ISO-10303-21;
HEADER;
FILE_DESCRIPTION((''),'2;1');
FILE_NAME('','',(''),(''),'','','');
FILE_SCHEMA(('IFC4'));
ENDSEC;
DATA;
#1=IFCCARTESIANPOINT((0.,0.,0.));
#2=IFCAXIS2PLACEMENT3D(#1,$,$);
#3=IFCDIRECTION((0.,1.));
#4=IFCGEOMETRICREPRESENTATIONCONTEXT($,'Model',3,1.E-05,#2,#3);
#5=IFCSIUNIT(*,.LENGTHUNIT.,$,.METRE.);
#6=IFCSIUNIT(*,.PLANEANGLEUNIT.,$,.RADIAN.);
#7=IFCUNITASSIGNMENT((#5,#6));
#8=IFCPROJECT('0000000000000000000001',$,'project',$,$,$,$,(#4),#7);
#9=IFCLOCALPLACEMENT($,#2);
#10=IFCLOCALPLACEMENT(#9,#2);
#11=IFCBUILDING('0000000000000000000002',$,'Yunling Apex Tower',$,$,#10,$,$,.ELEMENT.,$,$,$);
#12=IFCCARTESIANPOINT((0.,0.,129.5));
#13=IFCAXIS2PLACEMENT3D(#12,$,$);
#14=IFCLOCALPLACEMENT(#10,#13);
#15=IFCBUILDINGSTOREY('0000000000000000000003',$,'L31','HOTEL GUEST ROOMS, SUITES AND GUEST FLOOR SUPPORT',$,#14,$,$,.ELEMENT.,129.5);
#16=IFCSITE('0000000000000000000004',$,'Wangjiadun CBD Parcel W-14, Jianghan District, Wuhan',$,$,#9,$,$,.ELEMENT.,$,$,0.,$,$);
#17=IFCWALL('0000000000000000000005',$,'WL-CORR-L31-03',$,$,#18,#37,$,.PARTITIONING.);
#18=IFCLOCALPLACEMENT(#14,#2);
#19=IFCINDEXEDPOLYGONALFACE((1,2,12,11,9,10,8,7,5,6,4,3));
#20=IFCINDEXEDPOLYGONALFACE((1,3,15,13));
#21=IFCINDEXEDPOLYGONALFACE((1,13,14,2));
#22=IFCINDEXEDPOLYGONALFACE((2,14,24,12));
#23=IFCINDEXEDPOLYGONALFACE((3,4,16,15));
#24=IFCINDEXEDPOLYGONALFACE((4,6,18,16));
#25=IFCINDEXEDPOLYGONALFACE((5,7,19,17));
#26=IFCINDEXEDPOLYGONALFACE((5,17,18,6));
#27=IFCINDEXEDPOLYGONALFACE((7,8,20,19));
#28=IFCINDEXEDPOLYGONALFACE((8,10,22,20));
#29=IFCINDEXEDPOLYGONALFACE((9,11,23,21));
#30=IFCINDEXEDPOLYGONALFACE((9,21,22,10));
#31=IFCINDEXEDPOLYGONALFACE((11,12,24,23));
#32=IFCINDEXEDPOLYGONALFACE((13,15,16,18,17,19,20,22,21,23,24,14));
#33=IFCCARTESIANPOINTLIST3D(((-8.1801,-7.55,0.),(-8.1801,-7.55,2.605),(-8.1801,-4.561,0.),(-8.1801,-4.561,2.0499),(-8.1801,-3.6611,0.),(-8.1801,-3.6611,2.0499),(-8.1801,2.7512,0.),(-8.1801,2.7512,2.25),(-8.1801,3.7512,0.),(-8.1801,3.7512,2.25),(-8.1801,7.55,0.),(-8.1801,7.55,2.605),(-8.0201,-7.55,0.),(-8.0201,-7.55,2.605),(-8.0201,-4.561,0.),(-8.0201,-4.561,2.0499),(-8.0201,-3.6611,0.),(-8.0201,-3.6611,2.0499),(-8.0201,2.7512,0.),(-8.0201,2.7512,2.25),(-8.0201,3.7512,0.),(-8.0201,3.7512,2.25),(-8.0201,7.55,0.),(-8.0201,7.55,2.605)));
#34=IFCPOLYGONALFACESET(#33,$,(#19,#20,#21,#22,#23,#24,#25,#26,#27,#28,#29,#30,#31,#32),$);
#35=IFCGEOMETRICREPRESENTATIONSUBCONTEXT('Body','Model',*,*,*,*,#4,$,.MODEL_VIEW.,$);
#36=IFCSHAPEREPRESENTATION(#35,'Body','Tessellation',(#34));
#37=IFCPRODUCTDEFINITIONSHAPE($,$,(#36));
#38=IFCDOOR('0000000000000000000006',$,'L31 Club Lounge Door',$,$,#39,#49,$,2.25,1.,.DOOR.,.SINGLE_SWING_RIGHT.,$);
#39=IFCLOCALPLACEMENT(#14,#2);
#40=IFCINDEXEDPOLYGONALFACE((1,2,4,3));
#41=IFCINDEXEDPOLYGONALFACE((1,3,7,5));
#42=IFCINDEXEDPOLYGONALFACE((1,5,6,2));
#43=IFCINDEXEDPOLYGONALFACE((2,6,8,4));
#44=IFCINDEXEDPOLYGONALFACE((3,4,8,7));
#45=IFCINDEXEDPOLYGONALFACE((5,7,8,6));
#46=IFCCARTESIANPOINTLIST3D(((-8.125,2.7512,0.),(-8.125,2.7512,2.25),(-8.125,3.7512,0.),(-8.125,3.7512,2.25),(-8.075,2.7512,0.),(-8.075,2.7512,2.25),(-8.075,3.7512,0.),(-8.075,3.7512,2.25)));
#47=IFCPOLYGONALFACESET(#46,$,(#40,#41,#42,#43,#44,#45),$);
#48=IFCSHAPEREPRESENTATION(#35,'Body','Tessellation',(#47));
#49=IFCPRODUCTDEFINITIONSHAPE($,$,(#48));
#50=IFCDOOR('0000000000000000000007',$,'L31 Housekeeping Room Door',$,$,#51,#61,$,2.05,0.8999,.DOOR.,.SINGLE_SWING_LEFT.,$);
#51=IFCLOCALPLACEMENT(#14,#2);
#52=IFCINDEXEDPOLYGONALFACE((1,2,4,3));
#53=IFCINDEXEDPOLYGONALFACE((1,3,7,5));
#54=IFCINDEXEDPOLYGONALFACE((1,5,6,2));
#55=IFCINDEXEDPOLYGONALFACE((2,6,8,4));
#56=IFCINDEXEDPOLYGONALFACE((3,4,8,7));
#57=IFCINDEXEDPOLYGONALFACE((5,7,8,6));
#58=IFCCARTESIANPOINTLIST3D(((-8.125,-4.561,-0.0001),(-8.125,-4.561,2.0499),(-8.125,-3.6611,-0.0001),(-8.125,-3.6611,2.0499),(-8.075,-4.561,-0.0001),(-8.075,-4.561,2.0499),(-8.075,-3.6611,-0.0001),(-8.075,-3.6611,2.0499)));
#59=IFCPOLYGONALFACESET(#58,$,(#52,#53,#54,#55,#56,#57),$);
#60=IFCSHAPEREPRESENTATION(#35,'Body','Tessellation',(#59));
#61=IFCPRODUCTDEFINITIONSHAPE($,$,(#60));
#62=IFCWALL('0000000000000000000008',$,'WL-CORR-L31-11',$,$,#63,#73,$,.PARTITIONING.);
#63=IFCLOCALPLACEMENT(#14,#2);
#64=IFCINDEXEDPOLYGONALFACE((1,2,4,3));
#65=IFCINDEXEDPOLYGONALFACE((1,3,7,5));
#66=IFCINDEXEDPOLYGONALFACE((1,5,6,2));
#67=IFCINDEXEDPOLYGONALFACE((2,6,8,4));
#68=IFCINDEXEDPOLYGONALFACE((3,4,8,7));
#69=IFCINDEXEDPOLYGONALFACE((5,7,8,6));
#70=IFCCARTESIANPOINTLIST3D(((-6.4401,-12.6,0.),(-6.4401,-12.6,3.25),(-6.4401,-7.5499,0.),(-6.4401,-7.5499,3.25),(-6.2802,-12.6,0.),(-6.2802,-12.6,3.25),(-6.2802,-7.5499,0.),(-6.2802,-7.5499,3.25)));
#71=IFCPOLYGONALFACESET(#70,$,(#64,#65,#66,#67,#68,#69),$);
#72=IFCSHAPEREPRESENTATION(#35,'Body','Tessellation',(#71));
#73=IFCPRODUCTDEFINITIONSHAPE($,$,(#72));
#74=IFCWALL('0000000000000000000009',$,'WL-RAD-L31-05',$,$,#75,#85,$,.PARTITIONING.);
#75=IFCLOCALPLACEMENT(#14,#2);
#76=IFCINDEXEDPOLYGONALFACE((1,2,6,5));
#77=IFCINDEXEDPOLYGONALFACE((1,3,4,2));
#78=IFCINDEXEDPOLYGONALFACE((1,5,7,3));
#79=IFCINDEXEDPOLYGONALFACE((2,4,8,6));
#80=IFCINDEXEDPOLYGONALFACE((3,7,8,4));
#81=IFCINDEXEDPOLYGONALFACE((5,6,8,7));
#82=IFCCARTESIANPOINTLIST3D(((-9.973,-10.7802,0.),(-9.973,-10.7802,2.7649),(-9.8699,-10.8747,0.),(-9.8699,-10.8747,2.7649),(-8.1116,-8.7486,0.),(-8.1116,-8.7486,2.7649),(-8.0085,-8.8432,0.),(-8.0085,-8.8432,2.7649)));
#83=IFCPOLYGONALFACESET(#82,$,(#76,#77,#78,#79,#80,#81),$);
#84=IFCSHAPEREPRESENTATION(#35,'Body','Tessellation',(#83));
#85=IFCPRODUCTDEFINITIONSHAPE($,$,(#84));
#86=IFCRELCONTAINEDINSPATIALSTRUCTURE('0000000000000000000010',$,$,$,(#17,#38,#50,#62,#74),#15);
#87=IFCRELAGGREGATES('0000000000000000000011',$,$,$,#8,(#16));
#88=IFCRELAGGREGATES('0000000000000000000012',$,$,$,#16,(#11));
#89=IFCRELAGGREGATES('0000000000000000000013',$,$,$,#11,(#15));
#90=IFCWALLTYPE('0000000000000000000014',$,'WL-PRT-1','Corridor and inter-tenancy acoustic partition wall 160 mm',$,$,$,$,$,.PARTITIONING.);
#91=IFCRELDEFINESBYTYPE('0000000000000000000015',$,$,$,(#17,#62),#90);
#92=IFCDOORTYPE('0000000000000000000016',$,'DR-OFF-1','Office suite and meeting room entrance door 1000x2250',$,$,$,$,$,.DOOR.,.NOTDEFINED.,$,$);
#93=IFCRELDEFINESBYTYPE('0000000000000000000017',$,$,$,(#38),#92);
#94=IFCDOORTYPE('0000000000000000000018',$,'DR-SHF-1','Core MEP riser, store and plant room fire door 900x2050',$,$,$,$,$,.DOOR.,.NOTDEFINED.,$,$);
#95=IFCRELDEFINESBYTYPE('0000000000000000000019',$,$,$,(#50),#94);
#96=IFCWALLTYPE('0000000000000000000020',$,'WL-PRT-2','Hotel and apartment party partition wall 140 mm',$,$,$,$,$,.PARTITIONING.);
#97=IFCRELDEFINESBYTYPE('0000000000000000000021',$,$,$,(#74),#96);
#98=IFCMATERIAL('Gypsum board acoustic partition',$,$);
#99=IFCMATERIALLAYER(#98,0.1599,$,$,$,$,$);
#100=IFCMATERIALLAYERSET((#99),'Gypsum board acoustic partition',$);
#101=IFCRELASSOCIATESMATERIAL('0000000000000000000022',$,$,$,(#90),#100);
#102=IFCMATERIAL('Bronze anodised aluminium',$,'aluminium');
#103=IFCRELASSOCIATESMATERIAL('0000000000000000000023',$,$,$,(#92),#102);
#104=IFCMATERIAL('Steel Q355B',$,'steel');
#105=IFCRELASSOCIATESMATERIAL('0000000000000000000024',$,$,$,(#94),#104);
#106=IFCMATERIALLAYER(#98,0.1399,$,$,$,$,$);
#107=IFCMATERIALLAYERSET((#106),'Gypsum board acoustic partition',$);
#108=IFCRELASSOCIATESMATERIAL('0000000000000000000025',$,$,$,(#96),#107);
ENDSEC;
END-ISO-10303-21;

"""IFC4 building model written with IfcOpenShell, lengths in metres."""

from ifc_helpers import new_model, si_unit, direction, frame, frame_2d, origin, place, context, subcontext, project, spatial, rectangle, extrude, material, layer, layer_set, type_object, element, fill, save


model = new_model("IFC4")

# Units and contexts
model_context = context("Model", 3, precision=1e-05, world=origin(), true_north=direction((0.0, 1.0)))
body_context = subcontext(model_context, "Body", "Model", "MODEL_VIEW")
ifc_project = project(units=[si_unit("LENGTHUNIT", "METRE"), si_unit("PLANEANGLEUNIT", "RADIAN")], contexts=[model_context])

# Site, building, storey
site_placement = place(None, origin())
site = spatial("IfcSite", under=ifc_project, at=site_placement, Name="Wangjiadun CBD Parcel W-14, Jianghan District, Wuhan", CompositionType="ELEMENT", RefElevation=0.0)
building_placement = place(site_placement, origin())
building = spatial("IfcBuilding", under=site, at=building_placement, Name="Yunling Apex Tower", CompositionType="ELEMENT")
storey_placement = place(building_placement, frame((0.0, 0.0, 129.5)))
storey = spatial("IfcBuildingStorey", under=building, at=storey_placement, Name="L31", Description="HOTEL GUEST ROOMS, SUITES AND GUEST FLOOR SUPPORT", CompositionType="ELEMENT", Elevation=129.5)

# Shared definitions
ifc_material_1 = material(Name="Steel Q355B", Category="steel")

# Shared definitions
ifc_material_2 = material(Name="Bronze anodised aluminium", Category="aluminium")

# Shared definitions
ifc_material_3 = material(Name="Gypsum board acoustic partition")
ifc_layer_1 = layer(ifc_material_3, 0.1599)
ifc_layer_set_1 = layer_set([ifc_layer_1], Name="Gypsum board acoustic partition")
wall_type_1 = type_object("IfcWallType", Name="WL-PRT-1", Description="Corridor and inter-tenancy acoustic partition wall 160 mm", PredefinedType="PARTITIONING", material=ifc_layer_set_1)
door_type_1 = type_object("IfcDoorType", Name="DR-OFF-1", Description="Office suite and meeting room entrance door 1000x2250", OperationType="NOTDEFINED", PredefinedType="DOOR", material=ifc_material_2)

# Wall, openings, doors
wall_1_placement = place(storey_placement, frame((-8.1001, -7.55, 0.0), z_axis=(0.0, 0.0, 1.0), x_axis=(0.0, 1.0, 0.0)))
wall_1 = element("IfcWall", 1, at=wall_1_placement, inside=storey, type_object=wall_type_1, Name="WL-CORR-L31-03", PredefinedType="PARTITIONING", context=body_context, shape_type="SweptSolid", body=[
    extrude(rectangle(XDim=15.1001, YDim=0.1599, at=frame_2d((7.55, 0.0))), origin(), (0.0, 0.0, 1.0), 2.605),
])
opening_1_placement = place(wall_1_placement, frame((2.989, 0.0, 0.0)))
opening_1 = element("IfcOpeningElement", 2, at=opening_1_placement, cuts=wall_1, PredefinedType="OPENING", context=body_context, shape_type="SweptSolid", body=[
    extrude(rectangle(XDim=0.8999, YDim=2.05, at=frame_2d((0.45, 1.0249))), frame((0.0, 0.0898, 0.0), z_axis=(0.0, -1.0, 0.0), x_axis=(1.0, 0.0, 0.0)), (0.0, 0.0, 1.0), 0.1799),
])
opening_2_placement = place(wall_1_placement, frame((10.3013, 0.0, 0.0)))
opening_2 = element("IfcOpeningElement", 3, at=opening_2_placement, cuts=wall_1, PredefinedType="OPENING", context=body_context, shape_type="SweptSolid", body=[
    extrude(rectangle(XDim=1.0, YDim=2.25, at=frame_2d((0.5, 1.125))), frame((0.0, 0.0898, 0.0), z_axis=(0.0, -1.0, 0.0), x_axis=(1.0, 0.0, 0.0)), (0.0, 0.0, 1.0), 0.1799),
])
door_1_placement = place(opening_2_placement, origin())
door_1 = element("IfcDoor", 4, at=door_1_placement, inside=storey, type_object=door_type_1, Name="L31 Club Lounge Door", OperationType="SINGLE_SWING_RIGHT", OverallHeight=2.25, OverallWidth=1.0, PredefinedType="DOOR", context=body_context, shape_type="SweptSolid", body=[
    extrude(rectangle(XDim=1.0, YDim=2.25, at=frame_2d((0.5, 1.125))), frame((0.0, 0.0249, 0.0), z_axis=(0.0, -1.0, 0.0), x_axis=(1.0, 0.0, 0.0)), (0.0, 0.0, 1.0), 0.05),
])
fill(opening_2, door_1)
door_type_2 = type_object("IfcDoorType", Name="DR-SHF-1", Description="Core MEP riser, store and plant room fire door 900x2050", OperationType="NOTDEFINED", PredefinedType="DOOR", material=ifc_material_1)
door_2_placement = place(opening_1_placement, origin())
door_2 = element("IfcDoor", 5, at=door_2_placement, inside=storey, type_object=door_type_2, Name="L31 Housekeeping Room Door", OperationType="SINGLE_SWING_LEFT", OverallHeight=2.05, OverallWidth=0.8999, PredefinedType="DOOR", context=body_context, shape_type="SweptSolid", body=[
    extrude(rectangle(XDim=0.8999, YDim=2.05, at=frame_2d((0.45, 1.0249))), frame((0.0, 0.0249, 0.0), z_axis=(0.0, -1.0, 0.0), x_axis=(1.0, 0.0, 0.0)), (0.0, 0.0, 1.0), 0.05),
])
fill(opening_1, door_2)

# Walls
wall_2_placement = place(storey_placement, frame((-6.3601, -7.55, 0.0), z_axis=(0.0, 0.0, 1.0), x_axis=(0.0, -1.0, 0.0)))
element("IfcWall", 6, at=wall_2_placement, inside=storey, type_object=wall_type_1, Name="WL-CORR-L31-11", PredefinedType="PARTITIONING", context=body_context, shape_type="SweptSolid", body=[
    extrude(rectangle(XDim=5.05, YDim=0.1599, at=frame_2d((2.5249, 0.0))), origin(), (0.0, 0.0, 1.0), 3.25),
])
ifc_layer_2 = layer(ifc_material_3, 0.1399)
ifc_layer_set_2 = layer_set([ifc_layer_2], Name="Gypsum board acoustic partition")
wall_type_2 = type_object("IfcWallType", Name="WL-PRT-2", Description="Hotel and apartment party partition wall 140 mm", PredefinedType="PARTITIONING", material=ifc_layer_set_2)
wall_3_placement = place(storey_placement, frame((-8.0601, -8.7959, 0.0), z_axis=(0.0, 0.0, 1.0), x_axis=(-0.675552, -0.737312, 0.0)))
element("IfcWall", 7, at=wall_3_placement, inside=storey, type_object=wall_type_2, Name="WL-RAD-L31-05", PredefinedType="PARTITIONING", context=body_context, shape_type="SweptSolid", body=[
    extrude(rectangle(XDim=2.7554, YDim=0.1399, at=frame_2d((1.3777, 0.0))), origin(), (0.0, 0.0, 1.0), 2.7649),
])

save(model, "model.ifc")
